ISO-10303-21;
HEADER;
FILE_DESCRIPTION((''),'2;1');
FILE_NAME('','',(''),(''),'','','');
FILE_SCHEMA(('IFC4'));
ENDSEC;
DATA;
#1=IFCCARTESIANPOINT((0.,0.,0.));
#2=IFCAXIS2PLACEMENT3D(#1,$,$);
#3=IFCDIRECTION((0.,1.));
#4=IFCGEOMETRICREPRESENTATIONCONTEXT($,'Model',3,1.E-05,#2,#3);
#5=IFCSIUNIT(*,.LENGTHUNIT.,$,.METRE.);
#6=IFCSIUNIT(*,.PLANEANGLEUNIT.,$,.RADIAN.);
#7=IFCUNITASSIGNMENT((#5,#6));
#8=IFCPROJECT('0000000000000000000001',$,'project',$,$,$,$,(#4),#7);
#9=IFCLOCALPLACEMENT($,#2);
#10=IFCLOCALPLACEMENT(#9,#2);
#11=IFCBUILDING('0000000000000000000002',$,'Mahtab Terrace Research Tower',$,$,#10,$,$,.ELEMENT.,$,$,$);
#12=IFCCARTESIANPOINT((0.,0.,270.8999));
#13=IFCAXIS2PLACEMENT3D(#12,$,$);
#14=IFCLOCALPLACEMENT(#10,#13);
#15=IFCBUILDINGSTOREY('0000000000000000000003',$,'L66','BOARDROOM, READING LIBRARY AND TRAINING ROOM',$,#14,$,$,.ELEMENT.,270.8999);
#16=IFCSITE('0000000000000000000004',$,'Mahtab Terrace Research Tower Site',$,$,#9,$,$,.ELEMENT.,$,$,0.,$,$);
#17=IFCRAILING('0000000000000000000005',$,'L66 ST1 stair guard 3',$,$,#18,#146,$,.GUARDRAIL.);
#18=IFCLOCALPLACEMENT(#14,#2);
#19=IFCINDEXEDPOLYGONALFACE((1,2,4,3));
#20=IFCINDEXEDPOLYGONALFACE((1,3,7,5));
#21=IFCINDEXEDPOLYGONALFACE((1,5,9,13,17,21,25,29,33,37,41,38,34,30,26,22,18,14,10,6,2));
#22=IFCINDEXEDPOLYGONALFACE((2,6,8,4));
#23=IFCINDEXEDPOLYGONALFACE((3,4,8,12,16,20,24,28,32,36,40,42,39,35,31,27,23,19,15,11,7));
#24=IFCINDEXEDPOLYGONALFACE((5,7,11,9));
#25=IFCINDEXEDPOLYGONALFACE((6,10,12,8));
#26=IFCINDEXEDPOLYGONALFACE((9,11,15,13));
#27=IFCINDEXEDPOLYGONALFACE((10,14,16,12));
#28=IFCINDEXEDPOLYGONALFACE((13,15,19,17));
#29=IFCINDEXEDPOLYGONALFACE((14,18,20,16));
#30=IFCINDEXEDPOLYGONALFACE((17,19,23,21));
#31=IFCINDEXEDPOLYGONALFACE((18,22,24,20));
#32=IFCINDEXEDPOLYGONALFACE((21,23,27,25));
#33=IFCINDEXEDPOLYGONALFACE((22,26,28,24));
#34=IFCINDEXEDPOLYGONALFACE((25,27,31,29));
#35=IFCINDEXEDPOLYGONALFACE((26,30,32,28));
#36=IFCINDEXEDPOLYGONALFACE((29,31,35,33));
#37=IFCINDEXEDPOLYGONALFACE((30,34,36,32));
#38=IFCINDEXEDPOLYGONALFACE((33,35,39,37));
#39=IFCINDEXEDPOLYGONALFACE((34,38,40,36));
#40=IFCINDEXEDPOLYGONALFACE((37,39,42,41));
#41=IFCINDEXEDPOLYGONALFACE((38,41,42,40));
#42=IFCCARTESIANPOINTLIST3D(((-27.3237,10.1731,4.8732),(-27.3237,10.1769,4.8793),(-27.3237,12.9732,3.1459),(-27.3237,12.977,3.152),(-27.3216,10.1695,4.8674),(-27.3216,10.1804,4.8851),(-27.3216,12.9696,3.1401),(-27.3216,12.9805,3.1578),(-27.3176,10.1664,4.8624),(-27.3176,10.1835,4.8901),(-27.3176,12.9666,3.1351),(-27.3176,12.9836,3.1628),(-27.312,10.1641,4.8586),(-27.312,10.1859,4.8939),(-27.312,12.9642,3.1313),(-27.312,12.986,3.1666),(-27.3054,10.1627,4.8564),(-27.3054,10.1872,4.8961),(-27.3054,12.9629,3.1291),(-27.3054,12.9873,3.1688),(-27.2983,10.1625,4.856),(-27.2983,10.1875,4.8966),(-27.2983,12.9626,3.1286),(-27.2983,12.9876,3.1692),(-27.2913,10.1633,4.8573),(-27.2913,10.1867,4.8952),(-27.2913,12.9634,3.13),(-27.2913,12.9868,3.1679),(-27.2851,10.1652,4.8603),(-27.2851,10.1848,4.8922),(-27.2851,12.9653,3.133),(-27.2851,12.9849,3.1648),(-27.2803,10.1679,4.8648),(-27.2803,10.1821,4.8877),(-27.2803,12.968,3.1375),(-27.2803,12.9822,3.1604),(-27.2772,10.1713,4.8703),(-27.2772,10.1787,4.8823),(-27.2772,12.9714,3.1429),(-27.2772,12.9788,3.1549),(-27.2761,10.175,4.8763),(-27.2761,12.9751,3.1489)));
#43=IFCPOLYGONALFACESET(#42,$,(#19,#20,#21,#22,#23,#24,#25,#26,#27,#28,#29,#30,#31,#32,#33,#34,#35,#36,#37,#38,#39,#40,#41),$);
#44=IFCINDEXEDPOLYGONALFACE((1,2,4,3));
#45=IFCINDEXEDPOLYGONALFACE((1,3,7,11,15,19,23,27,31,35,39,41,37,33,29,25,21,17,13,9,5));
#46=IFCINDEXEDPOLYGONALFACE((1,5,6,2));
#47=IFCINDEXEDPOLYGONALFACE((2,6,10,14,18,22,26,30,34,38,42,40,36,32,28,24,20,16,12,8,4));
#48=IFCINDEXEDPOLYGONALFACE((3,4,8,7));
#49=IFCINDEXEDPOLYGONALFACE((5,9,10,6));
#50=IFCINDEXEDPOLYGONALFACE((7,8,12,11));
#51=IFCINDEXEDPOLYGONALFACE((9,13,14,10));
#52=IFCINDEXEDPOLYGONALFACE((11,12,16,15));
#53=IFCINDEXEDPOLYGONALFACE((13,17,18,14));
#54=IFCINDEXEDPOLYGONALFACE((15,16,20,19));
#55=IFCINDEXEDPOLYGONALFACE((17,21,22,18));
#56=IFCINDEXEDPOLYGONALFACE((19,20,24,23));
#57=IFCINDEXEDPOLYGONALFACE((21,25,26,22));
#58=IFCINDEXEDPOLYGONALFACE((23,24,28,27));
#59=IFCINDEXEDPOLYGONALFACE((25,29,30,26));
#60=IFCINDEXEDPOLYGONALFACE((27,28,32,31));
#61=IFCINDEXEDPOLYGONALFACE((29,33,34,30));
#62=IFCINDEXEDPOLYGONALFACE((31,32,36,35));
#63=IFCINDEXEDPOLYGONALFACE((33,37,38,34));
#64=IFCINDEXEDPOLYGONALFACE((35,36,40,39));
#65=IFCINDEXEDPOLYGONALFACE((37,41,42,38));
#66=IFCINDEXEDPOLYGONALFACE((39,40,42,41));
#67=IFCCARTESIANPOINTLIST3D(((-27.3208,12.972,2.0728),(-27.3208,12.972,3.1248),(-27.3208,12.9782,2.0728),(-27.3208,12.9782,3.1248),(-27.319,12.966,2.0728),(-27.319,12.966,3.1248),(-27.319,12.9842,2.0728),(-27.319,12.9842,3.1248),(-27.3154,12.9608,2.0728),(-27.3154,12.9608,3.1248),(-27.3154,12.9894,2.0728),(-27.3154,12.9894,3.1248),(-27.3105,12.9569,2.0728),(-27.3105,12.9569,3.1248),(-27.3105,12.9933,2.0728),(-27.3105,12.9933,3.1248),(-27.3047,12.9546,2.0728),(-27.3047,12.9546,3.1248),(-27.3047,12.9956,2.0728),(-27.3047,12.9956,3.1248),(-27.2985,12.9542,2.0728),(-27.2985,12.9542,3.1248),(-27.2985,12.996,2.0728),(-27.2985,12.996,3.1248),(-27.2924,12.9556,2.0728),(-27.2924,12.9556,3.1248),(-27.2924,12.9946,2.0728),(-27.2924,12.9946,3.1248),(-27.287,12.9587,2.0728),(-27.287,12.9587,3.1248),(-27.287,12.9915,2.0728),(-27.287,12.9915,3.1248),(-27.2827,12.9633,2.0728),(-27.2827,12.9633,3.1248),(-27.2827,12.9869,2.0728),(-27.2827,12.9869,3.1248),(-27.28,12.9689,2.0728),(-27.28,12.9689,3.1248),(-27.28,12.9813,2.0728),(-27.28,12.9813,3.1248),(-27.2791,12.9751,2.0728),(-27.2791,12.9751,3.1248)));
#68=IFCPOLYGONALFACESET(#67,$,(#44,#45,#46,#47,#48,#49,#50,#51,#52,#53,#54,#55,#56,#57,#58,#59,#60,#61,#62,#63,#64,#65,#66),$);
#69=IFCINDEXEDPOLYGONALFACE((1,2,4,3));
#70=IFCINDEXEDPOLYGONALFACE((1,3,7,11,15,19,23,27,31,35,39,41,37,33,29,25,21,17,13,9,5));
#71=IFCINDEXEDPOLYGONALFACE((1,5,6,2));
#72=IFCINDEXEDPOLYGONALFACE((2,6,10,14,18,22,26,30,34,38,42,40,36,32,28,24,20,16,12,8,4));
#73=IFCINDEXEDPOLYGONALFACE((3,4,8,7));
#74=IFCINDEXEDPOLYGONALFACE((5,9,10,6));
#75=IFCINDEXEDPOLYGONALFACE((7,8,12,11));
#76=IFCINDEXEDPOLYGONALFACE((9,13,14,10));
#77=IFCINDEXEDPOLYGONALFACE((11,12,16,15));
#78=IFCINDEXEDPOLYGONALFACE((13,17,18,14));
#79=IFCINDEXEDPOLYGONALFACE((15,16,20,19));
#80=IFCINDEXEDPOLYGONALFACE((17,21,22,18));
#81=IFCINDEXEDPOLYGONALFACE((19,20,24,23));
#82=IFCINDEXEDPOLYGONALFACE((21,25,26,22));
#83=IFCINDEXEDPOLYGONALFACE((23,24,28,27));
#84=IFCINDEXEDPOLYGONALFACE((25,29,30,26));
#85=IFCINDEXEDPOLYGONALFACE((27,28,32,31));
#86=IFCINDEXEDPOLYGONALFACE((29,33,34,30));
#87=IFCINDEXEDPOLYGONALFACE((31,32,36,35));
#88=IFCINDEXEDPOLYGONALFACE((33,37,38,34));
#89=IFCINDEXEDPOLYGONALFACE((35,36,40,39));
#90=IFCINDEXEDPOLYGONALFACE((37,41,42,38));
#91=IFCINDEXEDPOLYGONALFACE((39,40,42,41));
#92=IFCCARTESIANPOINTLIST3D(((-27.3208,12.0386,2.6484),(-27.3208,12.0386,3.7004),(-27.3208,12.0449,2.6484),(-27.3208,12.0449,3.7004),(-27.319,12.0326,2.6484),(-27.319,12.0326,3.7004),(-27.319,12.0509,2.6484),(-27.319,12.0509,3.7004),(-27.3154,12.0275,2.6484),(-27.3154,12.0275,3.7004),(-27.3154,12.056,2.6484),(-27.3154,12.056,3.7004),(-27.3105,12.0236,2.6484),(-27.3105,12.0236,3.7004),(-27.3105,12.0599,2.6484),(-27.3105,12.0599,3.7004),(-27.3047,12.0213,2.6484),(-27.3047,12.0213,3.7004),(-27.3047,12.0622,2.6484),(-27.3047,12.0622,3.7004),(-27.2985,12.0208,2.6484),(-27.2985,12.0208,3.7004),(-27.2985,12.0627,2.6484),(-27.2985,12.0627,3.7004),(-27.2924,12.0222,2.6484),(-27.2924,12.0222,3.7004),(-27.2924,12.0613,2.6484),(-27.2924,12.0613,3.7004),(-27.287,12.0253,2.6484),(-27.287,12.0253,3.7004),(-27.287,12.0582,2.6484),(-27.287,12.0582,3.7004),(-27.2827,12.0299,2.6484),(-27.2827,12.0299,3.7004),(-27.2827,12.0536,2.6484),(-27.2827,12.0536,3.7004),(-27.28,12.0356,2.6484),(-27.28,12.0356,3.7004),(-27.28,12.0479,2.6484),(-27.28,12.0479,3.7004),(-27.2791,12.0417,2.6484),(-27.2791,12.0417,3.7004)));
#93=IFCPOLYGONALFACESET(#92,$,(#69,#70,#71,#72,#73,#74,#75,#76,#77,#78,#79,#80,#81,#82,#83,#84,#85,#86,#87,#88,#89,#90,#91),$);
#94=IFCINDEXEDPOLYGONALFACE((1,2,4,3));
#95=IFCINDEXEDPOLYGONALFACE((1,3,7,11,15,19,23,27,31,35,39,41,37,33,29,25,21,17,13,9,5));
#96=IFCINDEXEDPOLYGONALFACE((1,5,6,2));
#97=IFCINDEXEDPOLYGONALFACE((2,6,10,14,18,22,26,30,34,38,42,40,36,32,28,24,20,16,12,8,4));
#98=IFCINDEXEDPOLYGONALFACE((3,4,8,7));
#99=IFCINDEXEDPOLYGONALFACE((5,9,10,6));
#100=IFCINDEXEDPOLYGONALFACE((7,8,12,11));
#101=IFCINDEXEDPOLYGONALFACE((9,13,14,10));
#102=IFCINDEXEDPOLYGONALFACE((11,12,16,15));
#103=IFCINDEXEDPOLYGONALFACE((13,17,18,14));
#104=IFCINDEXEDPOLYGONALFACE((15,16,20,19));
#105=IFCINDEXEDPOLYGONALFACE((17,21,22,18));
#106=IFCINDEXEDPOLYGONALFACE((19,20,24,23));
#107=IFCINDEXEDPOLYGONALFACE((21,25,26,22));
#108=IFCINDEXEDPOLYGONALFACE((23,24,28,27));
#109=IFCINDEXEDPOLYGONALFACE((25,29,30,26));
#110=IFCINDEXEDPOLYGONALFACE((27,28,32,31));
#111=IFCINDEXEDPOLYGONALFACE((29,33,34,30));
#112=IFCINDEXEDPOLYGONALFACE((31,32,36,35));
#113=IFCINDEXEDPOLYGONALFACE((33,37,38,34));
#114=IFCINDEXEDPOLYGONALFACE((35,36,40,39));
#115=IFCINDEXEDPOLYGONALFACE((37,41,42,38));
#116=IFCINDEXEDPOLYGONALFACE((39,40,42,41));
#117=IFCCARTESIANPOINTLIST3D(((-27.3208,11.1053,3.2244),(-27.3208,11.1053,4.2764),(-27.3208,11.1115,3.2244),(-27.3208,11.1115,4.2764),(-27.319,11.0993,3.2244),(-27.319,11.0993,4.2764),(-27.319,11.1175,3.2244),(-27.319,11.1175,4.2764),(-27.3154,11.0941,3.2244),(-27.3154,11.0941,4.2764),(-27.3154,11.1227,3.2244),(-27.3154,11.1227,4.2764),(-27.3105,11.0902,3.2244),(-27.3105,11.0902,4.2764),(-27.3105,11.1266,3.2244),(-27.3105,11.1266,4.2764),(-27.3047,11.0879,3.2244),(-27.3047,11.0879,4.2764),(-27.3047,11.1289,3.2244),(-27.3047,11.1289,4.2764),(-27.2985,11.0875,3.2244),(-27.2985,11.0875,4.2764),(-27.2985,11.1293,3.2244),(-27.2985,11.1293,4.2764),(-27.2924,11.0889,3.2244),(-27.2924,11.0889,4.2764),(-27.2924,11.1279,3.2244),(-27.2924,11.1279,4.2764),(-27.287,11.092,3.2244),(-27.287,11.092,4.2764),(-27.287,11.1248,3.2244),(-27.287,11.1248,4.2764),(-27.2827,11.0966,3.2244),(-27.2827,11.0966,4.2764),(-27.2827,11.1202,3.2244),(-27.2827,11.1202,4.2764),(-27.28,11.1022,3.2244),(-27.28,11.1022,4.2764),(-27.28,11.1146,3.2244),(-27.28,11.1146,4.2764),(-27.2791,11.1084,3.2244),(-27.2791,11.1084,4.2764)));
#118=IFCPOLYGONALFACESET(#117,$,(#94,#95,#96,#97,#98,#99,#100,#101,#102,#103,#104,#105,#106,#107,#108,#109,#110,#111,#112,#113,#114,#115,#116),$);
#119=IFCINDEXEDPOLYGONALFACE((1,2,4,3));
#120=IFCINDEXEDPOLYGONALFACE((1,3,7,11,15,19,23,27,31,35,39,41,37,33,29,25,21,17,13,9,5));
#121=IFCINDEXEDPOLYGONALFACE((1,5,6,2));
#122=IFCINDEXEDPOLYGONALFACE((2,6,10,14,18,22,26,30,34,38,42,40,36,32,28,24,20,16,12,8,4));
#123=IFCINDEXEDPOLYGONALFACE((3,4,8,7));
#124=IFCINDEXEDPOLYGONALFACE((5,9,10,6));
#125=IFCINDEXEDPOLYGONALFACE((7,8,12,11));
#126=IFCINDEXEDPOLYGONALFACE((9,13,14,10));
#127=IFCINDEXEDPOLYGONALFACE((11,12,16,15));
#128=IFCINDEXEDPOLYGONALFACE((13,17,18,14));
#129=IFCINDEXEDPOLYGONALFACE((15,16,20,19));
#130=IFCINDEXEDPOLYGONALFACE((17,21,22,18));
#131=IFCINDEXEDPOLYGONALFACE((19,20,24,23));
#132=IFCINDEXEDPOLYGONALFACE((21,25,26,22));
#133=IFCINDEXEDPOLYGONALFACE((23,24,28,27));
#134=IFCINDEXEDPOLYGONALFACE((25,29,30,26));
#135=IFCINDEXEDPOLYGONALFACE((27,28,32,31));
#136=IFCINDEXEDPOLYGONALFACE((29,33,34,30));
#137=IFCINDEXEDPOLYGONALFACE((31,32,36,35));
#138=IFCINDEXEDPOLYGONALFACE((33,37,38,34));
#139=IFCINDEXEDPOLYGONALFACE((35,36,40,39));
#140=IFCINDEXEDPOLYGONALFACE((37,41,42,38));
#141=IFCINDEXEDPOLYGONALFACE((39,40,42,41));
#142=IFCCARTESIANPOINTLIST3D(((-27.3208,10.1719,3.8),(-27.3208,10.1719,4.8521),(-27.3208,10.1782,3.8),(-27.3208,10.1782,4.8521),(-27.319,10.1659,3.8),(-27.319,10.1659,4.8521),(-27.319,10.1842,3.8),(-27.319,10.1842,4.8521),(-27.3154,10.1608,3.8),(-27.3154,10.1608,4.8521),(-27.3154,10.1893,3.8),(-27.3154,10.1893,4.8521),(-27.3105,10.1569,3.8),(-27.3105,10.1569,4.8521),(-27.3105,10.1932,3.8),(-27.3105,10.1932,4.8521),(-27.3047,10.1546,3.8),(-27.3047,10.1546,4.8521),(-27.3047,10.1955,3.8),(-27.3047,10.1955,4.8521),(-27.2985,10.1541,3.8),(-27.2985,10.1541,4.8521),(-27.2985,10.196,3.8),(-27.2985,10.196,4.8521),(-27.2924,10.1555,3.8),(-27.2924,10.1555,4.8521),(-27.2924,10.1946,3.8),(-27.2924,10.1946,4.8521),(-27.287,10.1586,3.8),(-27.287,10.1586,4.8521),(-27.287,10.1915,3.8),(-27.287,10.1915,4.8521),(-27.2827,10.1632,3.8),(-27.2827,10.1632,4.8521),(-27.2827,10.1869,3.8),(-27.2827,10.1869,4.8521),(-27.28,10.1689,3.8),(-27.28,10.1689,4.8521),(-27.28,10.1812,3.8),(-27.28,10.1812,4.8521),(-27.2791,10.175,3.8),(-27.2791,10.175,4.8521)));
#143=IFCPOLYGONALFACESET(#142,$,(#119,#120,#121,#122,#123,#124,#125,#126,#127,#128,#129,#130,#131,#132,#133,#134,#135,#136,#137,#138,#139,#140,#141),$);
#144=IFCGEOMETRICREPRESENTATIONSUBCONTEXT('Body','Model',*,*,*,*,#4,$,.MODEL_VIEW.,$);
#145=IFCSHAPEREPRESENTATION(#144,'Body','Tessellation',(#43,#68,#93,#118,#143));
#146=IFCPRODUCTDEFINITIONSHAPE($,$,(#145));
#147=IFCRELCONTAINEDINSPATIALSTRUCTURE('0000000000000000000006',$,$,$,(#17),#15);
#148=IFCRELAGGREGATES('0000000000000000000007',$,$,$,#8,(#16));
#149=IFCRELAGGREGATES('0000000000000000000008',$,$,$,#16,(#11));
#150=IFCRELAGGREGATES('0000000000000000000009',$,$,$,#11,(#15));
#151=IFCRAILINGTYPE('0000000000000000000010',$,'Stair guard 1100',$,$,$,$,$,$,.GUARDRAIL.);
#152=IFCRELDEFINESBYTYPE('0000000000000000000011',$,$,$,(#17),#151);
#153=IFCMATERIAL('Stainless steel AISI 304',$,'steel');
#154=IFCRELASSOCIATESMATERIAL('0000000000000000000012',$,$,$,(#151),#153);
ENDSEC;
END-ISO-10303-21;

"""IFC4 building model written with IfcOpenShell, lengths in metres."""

from ifc_helpers import new_model, si_unit, direction, frame, origin, origin_2d, place, context, subcontext, project, spatial, circle, extrude, material, type_object, element, save


model = new_model("IFC4")

# Units and contexts
model_context = context("Model", 3, precision=1e-05, world=origin(), true_north=direction((0.0, 1.0)))
body_context = subcontext(model_context, "Body", "Model", "MODEL_VIEW")
ifc_project = project(units=[si_unit("LENGTHUNIT", "METRE"), si_unit("PLANEANGLEUNIT", "RADIAN")], contexts=[model_context])

# Site, building, storey
site_placement = place(None, origin())
site = spatial("IfcSite", under=ifc_project, at=site_placement, Name="Mahtab Terrace Research Tower Site", CompositionType="ELEMENT", RefElevation=0.0)
building_placement = place(site_placement, origin())
building = spatial("IfcBuilding", under=site, at=building_placement, Name="Mahtab Terrace Research Tower", CompositionType="ELEMENT")
storey_placement = place(building_placement, frame((0.0, 0.0, 270.8999)))
storey = spatial("IfcBuildingStorey", under=building, at=storey_placement, Name="L66", Description="BOARDROOM, READING LIBRARY AND TRAINING ROOM", CompositionType="ELEMENT", Elevation=270.8999)

# Railing
ifc_material_1 = material(Name="Stainless steel AISI 304", Category="steel")
railing_type_1 = type_object("IfcRailingType", Name="Stair guard 1100", PredefinedType="GUARDRAIL", material=ifc_material_1)
railing_1_placement = place(storey_placement, frame((-27.3, 12.9751, 2.0728)))
element("IfcRailing", 1, at=railing_1_placement, inside=storey, type_object=railing_type_1, Name="L66 ST1 stair guard 3", PredefinedType="GUARDRAIL", context=body_context, shape_type="SweptSolid", body=[
    extrude(circle(Radius=0.0239, at=origin_2d()), frame((0.0, 0.0, 1.0762), z_axis=(0.0, -0.85109, 0.52502), x_axis=(1.0, 0.0, 0.0)), (0.0, 0.0, 1.0), 3.29),
    extrude(circle(Radius=0.021, at=origin_2d()), origin(), (0.0, 0.0, 1.0), 1.052),
    extrude(circle(Radius=0.021, at=origin_2d()), frame((0.0, -0.9333, 0.5757)), (0.0, 0.0, 1.0), 1.052),
    extrude(circle(Radius=0.021, at=origin_2d()), frame((0.0, -1.8667, 1.1516)), (0.0, 0.0, 1.0), 1.052),
    extrude(circle(Radius=0.021, at=origin_2d()), frame((0.0, -2.8, 1.7273)), (0.0, 0.0, 1.0), 1.052),
])

save(model, "model.ifc")
